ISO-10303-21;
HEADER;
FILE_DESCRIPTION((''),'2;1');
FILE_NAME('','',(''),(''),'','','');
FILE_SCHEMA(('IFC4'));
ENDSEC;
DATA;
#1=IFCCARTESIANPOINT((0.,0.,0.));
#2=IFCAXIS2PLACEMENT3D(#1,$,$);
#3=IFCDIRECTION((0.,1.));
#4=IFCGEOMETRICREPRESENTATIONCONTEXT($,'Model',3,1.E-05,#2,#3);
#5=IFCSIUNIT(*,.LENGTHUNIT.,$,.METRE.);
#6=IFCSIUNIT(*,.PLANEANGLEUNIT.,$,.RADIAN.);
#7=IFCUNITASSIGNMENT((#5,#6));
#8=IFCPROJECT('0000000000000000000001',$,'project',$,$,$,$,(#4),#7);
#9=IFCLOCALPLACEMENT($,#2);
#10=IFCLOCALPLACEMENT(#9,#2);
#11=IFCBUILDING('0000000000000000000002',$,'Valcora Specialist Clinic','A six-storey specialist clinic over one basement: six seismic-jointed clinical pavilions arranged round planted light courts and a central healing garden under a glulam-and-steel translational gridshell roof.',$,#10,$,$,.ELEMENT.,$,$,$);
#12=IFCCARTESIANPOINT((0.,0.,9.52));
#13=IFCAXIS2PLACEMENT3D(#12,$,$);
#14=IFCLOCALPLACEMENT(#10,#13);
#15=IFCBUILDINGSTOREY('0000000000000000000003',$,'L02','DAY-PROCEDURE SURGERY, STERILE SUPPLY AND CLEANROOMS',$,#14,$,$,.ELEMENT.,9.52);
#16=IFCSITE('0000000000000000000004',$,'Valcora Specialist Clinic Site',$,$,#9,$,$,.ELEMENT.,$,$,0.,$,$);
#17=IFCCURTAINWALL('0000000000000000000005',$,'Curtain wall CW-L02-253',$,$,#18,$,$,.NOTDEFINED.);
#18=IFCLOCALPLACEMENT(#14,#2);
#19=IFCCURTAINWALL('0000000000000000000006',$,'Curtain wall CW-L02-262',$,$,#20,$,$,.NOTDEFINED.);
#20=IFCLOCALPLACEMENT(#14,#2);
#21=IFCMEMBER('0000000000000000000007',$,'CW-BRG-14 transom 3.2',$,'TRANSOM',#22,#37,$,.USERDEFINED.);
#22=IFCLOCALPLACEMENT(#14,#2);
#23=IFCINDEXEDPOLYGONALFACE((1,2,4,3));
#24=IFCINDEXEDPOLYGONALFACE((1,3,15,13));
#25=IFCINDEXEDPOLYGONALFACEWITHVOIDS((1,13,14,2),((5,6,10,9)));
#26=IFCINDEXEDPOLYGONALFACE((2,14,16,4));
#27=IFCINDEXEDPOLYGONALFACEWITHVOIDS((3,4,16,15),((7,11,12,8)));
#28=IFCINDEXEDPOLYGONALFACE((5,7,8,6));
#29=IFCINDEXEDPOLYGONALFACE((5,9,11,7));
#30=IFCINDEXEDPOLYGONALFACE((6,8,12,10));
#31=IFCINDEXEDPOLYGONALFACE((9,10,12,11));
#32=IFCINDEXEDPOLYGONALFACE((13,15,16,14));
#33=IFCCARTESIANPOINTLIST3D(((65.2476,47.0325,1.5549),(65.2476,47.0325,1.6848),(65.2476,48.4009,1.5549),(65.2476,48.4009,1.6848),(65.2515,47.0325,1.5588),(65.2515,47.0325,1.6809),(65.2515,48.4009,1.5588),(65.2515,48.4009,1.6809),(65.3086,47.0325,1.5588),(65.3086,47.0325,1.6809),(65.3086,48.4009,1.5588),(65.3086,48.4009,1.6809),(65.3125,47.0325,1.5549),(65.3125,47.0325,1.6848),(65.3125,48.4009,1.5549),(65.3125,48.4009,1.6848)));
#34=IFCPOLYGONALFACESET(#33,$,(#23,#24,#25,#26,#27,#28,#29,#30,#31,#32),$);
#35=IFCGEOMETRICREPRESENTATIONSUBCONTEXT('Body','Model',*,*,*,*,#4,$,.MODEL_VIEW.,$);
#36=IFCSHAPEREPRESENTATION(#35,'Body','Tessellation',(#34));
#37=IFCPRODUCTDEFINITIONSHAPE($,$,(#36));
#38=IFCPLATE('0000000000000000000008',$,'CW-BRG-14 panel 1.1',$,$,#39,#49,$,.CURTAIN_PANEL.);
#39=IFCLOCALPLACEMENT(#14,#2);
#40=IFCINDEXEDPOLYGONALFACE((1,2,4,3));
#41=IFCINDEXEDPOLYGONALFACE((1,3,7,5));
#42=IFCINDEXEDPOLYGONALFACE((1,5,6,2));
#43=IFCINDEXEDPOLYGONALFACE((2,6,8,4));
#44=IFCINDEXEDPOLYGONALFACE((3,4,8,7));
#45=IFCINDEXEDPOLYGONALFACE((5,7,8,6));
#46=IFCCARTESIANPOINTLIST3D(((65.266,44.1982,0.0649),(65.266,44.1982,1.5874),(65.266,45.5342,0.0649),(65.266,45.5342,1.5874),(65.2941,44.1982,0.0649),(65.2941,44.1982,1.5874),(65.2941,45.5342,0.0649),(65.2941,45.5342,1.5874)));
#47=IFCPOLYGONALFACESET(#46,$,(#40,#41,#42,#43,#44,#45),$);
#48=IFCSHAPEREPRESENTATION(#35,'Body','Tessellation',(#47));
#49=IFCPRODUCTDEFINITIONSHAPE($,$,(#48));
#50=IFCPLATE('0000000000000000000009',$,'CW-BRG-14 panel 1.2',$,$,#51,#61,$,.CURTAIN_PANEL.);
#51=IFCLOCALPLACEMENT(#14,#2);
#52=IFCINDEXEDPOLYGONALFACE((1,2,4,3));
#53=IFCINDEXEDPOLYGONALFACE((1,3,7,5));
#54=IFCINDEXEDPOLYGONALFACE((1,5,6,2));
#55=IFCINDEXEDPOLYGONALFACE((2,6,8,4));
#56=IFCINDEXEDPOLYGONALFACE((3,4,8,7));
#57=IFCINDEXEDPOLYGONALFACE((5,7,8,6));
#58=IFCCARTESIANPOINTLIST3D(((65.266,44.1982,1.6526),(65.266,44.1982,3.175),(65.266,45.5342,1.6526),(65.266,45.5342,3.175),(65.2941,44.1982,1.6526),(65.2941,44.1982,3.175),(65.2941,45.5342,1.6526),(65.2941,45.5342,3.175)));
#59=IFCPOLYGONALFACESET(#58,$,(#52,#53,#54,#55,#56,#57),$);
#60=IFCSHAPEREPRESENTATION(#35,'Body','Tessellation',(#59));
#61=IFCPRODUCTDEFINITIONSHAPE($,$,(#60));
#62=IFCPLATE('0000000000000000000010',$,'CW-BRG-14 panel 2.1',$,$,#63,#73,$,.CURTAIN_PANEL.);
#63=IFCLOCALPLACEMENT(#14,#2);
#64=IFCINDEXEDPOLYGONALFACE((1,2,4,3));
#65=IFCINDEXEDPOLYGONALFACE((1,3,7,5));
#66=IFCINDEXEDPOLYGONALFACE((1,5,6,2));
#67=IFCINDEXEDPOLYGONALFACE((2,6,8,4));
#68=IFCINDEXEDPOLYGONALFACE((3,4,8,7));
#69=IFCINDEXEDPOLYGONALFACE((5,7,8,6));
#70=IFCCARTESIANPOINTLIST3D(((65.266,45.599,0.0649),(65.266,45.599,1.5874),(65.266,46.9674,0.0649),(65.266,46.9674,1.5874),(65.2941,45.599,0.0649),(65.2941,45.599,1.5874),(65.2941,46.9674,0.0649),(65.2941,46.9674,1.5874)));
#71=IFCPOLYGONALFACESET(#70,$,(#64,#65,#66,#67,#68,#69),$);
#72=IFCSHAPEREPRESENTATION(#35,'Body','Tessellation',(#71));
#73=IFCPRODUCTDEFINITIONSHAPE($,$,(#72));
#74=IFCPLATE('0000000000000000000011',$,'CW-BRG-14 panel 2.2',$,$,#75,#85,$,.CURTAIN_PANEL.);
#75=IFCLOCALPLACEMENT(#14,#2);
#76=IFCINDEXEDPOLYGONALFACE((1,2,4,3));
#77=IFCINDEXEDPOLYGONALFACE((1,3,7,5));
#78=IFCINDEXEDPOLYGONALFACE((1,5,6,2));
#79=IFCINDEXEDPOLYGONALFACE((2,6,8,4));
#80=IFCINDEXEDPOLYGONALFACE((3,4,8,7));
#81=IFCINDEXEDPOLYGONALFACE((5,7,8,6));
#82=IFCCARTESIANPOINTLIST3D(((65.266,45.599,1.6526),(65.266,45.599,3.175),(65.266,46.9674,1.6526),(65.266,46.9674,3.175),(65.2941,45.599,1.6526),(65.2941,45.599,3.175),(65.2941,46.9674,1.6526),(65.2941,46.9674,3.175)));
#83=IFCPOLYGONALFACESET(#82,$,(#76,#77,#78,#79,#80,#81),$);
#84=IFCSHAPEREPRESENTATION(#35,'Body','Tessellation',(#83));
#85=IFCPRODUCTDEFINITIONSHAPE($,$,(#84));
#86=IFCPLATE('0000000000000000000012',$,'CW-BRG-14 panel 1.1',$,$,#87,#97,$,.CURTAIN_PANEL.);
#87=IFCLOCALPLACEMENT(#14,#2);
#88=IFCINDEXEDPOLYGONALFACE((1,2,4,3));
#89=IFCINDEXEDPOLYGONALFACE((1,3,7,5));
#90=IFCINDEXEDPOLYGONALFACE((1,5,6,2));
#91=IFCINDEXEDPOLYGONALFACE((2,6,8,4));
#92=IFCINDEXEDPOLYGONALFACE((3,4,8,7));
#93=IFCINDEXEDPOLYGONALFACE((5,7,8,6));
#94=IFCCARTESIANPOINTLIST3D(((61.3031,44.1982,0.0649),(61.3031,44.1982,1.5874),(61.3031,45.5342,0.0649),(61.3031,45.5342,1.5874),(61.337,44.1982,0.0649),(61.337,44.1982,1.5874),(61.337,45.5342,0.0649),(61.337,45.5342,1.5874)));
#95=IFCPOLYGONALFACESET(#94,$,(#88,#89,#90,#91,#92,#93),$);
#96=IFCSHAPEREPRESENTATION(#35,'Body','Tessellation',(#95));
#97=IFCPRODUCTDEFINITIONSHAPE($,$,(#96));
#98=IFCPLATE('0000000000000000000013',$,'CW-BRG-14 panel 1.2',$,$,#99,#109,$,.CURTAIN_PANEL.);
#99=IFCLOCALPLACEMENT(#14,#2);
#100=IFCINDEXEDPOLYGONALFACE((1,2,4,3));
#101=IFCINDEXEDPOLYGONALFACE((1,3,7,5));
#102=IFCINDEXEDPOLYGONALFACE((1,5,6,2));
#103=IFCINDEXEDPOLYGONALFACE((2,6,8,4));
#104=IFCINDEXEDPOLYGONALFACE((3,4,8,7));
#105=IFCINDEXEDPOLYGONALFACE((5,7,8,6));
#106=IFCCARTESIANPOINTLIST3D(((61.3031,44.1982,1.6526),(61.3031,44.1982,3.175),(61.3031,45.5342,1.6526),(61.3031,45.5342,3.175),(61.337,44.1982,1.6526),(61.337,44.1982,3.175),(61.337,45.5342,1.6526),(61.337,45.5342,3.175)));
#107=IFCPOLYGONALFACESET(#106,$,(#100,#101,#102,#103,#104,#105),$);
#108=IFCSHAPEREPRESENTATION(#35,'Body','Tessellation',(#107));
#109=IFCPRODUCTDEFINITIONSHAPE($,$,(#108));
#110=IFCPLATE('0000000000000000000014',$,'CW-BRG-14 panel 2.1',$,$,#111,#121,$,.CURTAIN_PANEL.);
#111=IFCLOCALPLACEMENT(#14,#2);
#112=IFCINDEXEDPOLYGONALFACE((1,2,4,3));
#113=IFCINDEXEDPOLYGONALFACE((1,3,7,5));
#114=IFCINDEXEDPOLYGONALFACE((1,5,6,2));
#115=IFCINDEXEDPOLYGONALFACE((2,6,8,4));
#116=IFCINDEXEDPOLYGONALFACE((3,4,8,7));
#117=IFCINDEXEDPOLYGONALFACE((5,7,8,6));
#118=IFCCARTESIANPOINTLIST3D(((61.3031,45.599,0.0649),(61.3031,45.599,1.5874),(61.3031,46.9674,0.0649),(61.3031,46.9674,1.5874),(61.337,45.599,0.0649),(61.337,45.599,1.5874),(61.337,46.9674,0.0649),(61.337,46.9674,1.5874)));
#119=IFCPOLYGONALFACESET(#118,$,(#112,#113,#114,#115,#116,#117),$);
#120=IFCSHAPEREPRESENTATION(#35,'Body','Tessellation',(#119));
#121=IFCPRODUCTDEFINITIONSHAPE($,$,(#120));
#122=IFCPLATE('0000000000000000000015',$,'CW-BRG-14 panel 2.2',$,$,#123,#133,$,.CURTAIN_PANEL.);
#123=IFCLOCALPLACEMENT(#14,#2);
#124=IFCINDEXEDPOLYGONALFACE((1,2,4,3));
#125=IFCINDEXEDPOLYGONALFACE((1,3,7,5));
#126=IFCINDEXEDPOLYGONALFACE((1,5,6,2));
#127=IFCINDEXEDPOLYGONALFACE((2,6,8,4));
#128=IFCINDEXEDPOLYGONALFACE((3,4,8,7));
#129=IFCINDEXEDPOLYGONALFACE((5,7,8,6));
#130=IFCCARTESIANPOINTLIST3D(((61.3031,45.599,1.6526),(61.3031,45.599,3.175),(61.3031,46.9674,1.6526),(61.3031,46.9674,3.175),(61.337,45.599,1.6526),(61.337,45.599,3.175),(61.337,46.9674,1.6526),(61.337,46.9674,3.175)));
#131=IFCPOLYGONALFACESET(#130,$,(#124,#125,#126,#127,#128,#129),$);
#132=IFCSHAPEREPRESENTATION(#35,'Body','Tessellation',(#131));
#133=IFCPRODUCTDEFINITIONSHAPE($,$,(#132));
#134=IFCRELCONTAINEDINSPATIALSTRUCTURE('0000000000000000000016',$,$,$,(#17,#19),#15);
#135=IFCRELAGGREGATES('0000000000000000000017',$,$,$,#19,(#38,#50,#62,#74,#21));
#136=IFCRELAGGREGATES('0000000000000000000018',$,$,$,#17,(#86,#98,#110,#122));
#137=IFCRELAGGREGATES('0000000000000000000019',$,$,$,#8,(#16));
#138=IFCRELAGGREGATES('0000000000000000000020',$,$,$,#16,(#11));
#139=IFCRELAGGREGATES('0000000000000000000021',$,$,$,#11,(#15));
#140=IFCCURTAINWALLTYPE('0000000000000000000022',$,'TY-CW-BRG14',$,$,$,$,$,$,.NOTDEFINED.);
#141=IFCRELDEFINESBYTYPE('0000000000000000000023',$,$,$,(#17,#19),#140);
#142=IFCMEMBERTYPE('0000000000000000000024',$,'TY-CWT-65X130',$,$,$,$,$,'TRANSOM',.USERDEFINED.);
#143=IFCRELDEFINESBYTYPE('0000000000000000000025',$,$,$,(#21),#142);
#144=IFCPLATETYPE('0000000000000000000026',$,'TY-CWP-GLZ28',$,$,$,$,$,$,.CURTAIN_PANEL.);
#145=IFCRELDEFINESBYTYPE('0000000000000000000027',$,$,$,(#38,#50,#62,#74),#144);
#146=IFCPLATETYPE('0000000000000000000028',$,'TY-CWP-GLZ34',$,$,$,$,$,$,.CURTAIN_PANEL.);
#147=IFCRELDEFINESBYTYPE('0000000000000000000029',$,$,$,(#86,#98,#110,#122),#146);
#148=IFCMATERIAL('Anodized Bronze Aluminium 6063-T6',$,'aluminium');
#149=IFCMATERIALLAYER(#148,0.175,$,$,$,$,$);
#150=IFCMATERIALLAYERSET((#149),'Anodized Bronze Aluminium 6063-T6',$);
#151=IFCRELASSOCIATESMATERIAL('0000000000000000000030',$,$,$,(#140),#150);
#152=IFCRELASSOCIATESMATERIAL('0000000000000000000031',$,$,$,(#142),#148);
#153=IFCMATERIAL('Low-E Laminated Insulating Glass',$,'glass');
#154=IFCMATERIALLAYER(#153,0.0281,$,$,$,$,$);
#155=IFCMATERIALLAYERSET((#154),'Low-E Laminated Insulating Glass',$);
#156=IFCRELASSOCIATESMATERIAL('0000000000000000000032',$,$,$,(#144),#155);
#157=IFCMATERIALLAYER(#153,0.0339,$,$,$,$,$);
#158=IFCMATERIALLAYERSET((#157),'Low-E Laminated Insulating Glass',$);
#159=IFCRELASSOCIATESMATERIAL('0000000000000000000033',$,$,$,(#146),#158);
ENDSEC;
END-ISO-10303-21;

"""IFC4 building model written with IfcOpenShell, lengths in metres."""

from ifc_helpers import new_model, si_unit, direction, frame, origin, origin_2d, place, context, subcontext, project, spatial, rectangle, hollow_rectangle, extrude, material, layer, layer_set, material_profile, profile_set, type_object, element, aggregate, save


model = new_model("IFC4")

# Units and contexts
model_context = context("Model", 3, precision=1e-05, world=origin(), true_north=direction((0.0, 1.0)))
body_context = subcontext(model_context, "Body", "Model", "MODEL_VIEW")
ifc_project = project(units=[si_unit("LENGTHUNIT", "METRE"), si_unit("PLANEANGLEUNIT", "RADIAN")], contexts=[model_context])

# Site, building, storey
site_placement = place(None, origin())
site = spatial("IfcSite", under=ifc_project, at=site_placement, Name="Valcora Specialist Clinic Site", CompositionType="ELEMENT", RefElevation=0.0)
building_placement = place(site_placement, origin())
building = spatial("IfcBuilding", under=site, at=building_placement, Name="Valcora Specialist Clinic", Description="A six-storey specialist clinic over one basement: six seismic-jointed clinical pavilions arranged round planted light courts and a central healing garden under a glulam-and-steel translational gridshell roof.", CompositionType="ELEMENT")
storey_placement = place(building_placement, frame((0.0, 0.0, 9.52)))
storey = spatial("IfcBuildingStorey", under=building, at=storey_placement, Name="L02", Description="DAY-PROCEDURE SURGERY, STERILE SUPPLY AND CLEANROOMS", CompositionType="ELEMENT", Elevation=9.52)

# Curtain walls
ifc_material_1 = material(Name="Anodized Bronze Aluminium 6063-T6", Category="aluminium")
ifc_layer_1 = layer(ifc_material_1, 0.175)
ifc_layer_set_1 = layer_set([ifc_layer_1], Name="Anodized Bronze Aluminium 6063-T6")
curtain_wall_type = type_object("IfcCurtainWallType", Name="TY-CW-BRG14", PredefinedType="NOTDEFINED", material=ifc_layer_set_1)
curtain_wall_1_placement = place(storey_placement, origin())
curtain_wall_1 = element("IfcCurtainWall", 1, at=curtain_wall_1_placement, inside=storey, type_object=curtain_wall_type, Name="Curtain wall CW-L02-253", PredefinedType="NOTDEFINED")
curtain_wall_2_placement = place(storey_placement, origin())
curtain_wall_2 = element("IfcCurtainWall", 2, at=curtain_wall_2_placement, inside=storey, type_object=curtain_wall_type, Name="Curtain wall CW-L02-262", PredefinedType="NOTDEFINED")

# Member
ifc_material_profile_1 = material_profile(ifc_material_1, hollow_rectangle(XDim=0.0649, YDim=0.1299, WallThickness=0.0039, at=origin_2d()), Name="AL-TRN-65X130")
ifc_profile_set_1 = profile_set([ifc_material_profile_1], Name="Anodized Bronze Aluminium 6063-T6")
member_type_1 = type_object("IfcMemberType", Name="TY-CWT-65X130", ElementType="TRANSOM", PredefinedType="USERDEFINED", material=ifc_profile_set_1)
member_1_placement = place(storey_placement, frame((65.28, 47.0325, 1.6199), z_axis=(0.0, 1.0, 0.0), x_axis=(-1.0, 0.0, 0.0)))
member_1 = element("IfcMember", 3, at=member_1_placement, type_object=member_type_1, Name="CW-BRG-14 transom 3.2", ObjectType="TRANSOM", PredefinedType="USERDEFINED", context=body_context, shape_type="SweptSolid", body=[
    extrude(hollow_rectangle(XDim=0.0649, YDim=0.1299, WallThickness=0.0039, at=origin_2d()), origin(), (0.0, 0.0, 1.0), 1.3684),
])

# Plates
ifc_material_2 = material(Name="Low-E Laminated Insulating Glass", Category="glass")
ifc_layer_2 = layer(ifc_material_2, 0.0281)
ifc_layer_set_2 = layer_set([ifc_layer_2], Name="Low-E Laminated Insulating Glass")
plate_type_1 = type_object("IfcPlateType", Name="TY-CWP-GLZ28", PredefinedType="CURTAIN_PANEL", material=ifc_layer_set_2)
plate_1_placement = place(storey_placement, frame((65.28, 44.8662, 0.0649), z_axis=(0.0, 0.0, 1.0), x_axis=(0.0, 1.0, 0.0)))
plate_1 = element("IfcPlate", 4, at=plate_1_placement, type_object=plate_type_1, Name="CW-BRG-14 panel 1.1", PredefinedType="CURTAIN_PANEL", context=body_context, shape_type="SweptSolid", body=[
    extrude(rectangle(XDim=1.3359, YDim=0.0281, at=origin_2d()), origin(), (0.0, 0.0, 1.0), 1.5225),
])
plate_2_placement = place(storey_placement, frame((65.28, 44.8662, 1.6526), z_axis=(0.0, 0.0, 1.0), x_axis=(0.0, 1.0, 0.0)))
plate_2 = element("IfcPlate", 5, at=plate_2_placement, type_object=plate_type_1, Name="CW-BRG-14 panel 1.2", PredefinedType="CURTAIN_PANEL", context=body_context, shape_type="SweptSolid", body=[
    extrude(rectangle(XDim=1.3359, YDim=0.0281, at=origin_2d()), origin(), (0.0, 0.0, 1.0), 1.5225),
])
plate_3_placement = place(storey_placement, frame((65.28, 46.2832, 0.0649), z_axis=(0.0, 0.0, 1.0), x_axis=(0.0, 1.0, 0.0)))
plate_3 = element("IfcPlate", 6, at=plate_3_placement, type_object=plate_type_1, Name="CW-BRG-14 panel 2.1", PredefinedType="CURTAIN_PANEL", context=body_context, shape_type="SweptSolid", body=[
    extrude(rectangle(XDim=1.3684, YDim=0.0281, at=origin_2d()), origin(), (0.0, 0.0, 1.0), 1.5225),
])
plate_4_placement = place(storey_placement, frame((65.28, 46.2832, 1.6526), z_axis=(0.0, 0.0, 1.0), x_axis=(0.0, 1.0, 0.0)))
plate_4 = element("IfcPlate", 7, at=plate_4_placement, type_object=plate_type_1, Name="CW-BRG-14 panel 2.2", PredefinedType="CURTAIN_PANEL", context=body_context, shape_type="SweptSolid", body=[
    extrude(rectangle(XDim=1.3684, YDim=0.0281, at=origin_2d()), origin(), (0.0, 0.0, 1.0), 1.5225),
])
aggregate(curtain_wall_2, [plate_1, plate_2, plate_3, plate_4, member_1])
ifc_layer_3 = layer(ifc_material_2, 0.0339)
ifc_layer_set_3 = layer_set([ifc_layer_3], Name="Low-E Laminated Insulating Glass")
plate_type_2 = type_object("IfcPlateType", Name="TY-CWP-GLZ34", PredefinedType="CURTAIN_PANEL", material=ifc_layer_set_3)
plate_5_placement = place(storey_placement, frame((61.3201, 44.8662, 0.0649), z_axis=(0.0, 0.0, 1.0), x_axis=(0.0, 1.0, 0.0)))
plate_5 = element("IfcPlate", 8, at=plate_5_placement, type_object=plate_type_2, Name="CW-BRG-14 panel 1.1", PredefinedType="CURTAIN_PANEL", context=body_context, shape_type="SweptSolid", body=[
    extrude(rectangle(XDim=1.3359, YDim=0.0339, at=origin_2d()), origin(), (0.0, 0.0, 1.0), 1.5225),
])
plate_6_placement = place(storey_placement, frame((61.3201, 44.8662, 1.6526), z_axis=(0.0, 0.0, 1.0), x_axis=(0.0, 1.0, 0.0)))
plate_6 = element("IfcPlate", 9, at=plate_6_placement, type_object=plate_type_2, Name="CW-BRG-14 panel 1.2", PredefinedType="CURTAIN_PANEL", context=body_context, shape_type="SweptSolid", body=[
    extrude(rectangle(XDim=1.3359, YDim=0.0339, at=origin_2d()), origin(), (0.0, 0.0, 1.0), 1.5225),
])
plate_7_placement = place(storey_placement, frame((61.3201, 46.2832, 0.0649), z_axis=(0.0, 0.0, 1.0), x_axis=(0.0, 1.0, 0.0)))
plate_7 = element("IfcPlate", 10, at=plate_7_placement, type_object=plate_type_2, Name="CW-BRG-14 panel 2.1", PredefinedType="CURTAIN_PANEL", context=body_context, shape_type="SweptSolid", body=[
    extrude(rectangle(XDim=1.3684, YDim=0.0339, at=origin_2d()), origin(), (0.0, 0.0, 1.0), 1.5225),
])
plate_8_placement = place(storey_placement, frame((61.3201, 46.2832, 1.6526), z_axis=(0.0, 0.0, 1.0), x_axis=(0.0, 1.0, 0.0)))
plate_8 = element("IfcPlate", 11, at=plate_8_placement, type_object=plate_type_2, Name="CW-BRG-14 panel 2.2", PredefinedType="CURTAIN_PANEL", context=body_context, shape_type="SweptSolid", body=[
    extrude(rectangle(XDim=1.3684, YDim=0.0339, at=origin_2d()), origin(), (0.0, 0.0, 1.0), 1.5225),
])
aggregate(curtain_wall_1, [plate_5, plate_6, plate_7, plate_8])

save(model, "model.ifc")
